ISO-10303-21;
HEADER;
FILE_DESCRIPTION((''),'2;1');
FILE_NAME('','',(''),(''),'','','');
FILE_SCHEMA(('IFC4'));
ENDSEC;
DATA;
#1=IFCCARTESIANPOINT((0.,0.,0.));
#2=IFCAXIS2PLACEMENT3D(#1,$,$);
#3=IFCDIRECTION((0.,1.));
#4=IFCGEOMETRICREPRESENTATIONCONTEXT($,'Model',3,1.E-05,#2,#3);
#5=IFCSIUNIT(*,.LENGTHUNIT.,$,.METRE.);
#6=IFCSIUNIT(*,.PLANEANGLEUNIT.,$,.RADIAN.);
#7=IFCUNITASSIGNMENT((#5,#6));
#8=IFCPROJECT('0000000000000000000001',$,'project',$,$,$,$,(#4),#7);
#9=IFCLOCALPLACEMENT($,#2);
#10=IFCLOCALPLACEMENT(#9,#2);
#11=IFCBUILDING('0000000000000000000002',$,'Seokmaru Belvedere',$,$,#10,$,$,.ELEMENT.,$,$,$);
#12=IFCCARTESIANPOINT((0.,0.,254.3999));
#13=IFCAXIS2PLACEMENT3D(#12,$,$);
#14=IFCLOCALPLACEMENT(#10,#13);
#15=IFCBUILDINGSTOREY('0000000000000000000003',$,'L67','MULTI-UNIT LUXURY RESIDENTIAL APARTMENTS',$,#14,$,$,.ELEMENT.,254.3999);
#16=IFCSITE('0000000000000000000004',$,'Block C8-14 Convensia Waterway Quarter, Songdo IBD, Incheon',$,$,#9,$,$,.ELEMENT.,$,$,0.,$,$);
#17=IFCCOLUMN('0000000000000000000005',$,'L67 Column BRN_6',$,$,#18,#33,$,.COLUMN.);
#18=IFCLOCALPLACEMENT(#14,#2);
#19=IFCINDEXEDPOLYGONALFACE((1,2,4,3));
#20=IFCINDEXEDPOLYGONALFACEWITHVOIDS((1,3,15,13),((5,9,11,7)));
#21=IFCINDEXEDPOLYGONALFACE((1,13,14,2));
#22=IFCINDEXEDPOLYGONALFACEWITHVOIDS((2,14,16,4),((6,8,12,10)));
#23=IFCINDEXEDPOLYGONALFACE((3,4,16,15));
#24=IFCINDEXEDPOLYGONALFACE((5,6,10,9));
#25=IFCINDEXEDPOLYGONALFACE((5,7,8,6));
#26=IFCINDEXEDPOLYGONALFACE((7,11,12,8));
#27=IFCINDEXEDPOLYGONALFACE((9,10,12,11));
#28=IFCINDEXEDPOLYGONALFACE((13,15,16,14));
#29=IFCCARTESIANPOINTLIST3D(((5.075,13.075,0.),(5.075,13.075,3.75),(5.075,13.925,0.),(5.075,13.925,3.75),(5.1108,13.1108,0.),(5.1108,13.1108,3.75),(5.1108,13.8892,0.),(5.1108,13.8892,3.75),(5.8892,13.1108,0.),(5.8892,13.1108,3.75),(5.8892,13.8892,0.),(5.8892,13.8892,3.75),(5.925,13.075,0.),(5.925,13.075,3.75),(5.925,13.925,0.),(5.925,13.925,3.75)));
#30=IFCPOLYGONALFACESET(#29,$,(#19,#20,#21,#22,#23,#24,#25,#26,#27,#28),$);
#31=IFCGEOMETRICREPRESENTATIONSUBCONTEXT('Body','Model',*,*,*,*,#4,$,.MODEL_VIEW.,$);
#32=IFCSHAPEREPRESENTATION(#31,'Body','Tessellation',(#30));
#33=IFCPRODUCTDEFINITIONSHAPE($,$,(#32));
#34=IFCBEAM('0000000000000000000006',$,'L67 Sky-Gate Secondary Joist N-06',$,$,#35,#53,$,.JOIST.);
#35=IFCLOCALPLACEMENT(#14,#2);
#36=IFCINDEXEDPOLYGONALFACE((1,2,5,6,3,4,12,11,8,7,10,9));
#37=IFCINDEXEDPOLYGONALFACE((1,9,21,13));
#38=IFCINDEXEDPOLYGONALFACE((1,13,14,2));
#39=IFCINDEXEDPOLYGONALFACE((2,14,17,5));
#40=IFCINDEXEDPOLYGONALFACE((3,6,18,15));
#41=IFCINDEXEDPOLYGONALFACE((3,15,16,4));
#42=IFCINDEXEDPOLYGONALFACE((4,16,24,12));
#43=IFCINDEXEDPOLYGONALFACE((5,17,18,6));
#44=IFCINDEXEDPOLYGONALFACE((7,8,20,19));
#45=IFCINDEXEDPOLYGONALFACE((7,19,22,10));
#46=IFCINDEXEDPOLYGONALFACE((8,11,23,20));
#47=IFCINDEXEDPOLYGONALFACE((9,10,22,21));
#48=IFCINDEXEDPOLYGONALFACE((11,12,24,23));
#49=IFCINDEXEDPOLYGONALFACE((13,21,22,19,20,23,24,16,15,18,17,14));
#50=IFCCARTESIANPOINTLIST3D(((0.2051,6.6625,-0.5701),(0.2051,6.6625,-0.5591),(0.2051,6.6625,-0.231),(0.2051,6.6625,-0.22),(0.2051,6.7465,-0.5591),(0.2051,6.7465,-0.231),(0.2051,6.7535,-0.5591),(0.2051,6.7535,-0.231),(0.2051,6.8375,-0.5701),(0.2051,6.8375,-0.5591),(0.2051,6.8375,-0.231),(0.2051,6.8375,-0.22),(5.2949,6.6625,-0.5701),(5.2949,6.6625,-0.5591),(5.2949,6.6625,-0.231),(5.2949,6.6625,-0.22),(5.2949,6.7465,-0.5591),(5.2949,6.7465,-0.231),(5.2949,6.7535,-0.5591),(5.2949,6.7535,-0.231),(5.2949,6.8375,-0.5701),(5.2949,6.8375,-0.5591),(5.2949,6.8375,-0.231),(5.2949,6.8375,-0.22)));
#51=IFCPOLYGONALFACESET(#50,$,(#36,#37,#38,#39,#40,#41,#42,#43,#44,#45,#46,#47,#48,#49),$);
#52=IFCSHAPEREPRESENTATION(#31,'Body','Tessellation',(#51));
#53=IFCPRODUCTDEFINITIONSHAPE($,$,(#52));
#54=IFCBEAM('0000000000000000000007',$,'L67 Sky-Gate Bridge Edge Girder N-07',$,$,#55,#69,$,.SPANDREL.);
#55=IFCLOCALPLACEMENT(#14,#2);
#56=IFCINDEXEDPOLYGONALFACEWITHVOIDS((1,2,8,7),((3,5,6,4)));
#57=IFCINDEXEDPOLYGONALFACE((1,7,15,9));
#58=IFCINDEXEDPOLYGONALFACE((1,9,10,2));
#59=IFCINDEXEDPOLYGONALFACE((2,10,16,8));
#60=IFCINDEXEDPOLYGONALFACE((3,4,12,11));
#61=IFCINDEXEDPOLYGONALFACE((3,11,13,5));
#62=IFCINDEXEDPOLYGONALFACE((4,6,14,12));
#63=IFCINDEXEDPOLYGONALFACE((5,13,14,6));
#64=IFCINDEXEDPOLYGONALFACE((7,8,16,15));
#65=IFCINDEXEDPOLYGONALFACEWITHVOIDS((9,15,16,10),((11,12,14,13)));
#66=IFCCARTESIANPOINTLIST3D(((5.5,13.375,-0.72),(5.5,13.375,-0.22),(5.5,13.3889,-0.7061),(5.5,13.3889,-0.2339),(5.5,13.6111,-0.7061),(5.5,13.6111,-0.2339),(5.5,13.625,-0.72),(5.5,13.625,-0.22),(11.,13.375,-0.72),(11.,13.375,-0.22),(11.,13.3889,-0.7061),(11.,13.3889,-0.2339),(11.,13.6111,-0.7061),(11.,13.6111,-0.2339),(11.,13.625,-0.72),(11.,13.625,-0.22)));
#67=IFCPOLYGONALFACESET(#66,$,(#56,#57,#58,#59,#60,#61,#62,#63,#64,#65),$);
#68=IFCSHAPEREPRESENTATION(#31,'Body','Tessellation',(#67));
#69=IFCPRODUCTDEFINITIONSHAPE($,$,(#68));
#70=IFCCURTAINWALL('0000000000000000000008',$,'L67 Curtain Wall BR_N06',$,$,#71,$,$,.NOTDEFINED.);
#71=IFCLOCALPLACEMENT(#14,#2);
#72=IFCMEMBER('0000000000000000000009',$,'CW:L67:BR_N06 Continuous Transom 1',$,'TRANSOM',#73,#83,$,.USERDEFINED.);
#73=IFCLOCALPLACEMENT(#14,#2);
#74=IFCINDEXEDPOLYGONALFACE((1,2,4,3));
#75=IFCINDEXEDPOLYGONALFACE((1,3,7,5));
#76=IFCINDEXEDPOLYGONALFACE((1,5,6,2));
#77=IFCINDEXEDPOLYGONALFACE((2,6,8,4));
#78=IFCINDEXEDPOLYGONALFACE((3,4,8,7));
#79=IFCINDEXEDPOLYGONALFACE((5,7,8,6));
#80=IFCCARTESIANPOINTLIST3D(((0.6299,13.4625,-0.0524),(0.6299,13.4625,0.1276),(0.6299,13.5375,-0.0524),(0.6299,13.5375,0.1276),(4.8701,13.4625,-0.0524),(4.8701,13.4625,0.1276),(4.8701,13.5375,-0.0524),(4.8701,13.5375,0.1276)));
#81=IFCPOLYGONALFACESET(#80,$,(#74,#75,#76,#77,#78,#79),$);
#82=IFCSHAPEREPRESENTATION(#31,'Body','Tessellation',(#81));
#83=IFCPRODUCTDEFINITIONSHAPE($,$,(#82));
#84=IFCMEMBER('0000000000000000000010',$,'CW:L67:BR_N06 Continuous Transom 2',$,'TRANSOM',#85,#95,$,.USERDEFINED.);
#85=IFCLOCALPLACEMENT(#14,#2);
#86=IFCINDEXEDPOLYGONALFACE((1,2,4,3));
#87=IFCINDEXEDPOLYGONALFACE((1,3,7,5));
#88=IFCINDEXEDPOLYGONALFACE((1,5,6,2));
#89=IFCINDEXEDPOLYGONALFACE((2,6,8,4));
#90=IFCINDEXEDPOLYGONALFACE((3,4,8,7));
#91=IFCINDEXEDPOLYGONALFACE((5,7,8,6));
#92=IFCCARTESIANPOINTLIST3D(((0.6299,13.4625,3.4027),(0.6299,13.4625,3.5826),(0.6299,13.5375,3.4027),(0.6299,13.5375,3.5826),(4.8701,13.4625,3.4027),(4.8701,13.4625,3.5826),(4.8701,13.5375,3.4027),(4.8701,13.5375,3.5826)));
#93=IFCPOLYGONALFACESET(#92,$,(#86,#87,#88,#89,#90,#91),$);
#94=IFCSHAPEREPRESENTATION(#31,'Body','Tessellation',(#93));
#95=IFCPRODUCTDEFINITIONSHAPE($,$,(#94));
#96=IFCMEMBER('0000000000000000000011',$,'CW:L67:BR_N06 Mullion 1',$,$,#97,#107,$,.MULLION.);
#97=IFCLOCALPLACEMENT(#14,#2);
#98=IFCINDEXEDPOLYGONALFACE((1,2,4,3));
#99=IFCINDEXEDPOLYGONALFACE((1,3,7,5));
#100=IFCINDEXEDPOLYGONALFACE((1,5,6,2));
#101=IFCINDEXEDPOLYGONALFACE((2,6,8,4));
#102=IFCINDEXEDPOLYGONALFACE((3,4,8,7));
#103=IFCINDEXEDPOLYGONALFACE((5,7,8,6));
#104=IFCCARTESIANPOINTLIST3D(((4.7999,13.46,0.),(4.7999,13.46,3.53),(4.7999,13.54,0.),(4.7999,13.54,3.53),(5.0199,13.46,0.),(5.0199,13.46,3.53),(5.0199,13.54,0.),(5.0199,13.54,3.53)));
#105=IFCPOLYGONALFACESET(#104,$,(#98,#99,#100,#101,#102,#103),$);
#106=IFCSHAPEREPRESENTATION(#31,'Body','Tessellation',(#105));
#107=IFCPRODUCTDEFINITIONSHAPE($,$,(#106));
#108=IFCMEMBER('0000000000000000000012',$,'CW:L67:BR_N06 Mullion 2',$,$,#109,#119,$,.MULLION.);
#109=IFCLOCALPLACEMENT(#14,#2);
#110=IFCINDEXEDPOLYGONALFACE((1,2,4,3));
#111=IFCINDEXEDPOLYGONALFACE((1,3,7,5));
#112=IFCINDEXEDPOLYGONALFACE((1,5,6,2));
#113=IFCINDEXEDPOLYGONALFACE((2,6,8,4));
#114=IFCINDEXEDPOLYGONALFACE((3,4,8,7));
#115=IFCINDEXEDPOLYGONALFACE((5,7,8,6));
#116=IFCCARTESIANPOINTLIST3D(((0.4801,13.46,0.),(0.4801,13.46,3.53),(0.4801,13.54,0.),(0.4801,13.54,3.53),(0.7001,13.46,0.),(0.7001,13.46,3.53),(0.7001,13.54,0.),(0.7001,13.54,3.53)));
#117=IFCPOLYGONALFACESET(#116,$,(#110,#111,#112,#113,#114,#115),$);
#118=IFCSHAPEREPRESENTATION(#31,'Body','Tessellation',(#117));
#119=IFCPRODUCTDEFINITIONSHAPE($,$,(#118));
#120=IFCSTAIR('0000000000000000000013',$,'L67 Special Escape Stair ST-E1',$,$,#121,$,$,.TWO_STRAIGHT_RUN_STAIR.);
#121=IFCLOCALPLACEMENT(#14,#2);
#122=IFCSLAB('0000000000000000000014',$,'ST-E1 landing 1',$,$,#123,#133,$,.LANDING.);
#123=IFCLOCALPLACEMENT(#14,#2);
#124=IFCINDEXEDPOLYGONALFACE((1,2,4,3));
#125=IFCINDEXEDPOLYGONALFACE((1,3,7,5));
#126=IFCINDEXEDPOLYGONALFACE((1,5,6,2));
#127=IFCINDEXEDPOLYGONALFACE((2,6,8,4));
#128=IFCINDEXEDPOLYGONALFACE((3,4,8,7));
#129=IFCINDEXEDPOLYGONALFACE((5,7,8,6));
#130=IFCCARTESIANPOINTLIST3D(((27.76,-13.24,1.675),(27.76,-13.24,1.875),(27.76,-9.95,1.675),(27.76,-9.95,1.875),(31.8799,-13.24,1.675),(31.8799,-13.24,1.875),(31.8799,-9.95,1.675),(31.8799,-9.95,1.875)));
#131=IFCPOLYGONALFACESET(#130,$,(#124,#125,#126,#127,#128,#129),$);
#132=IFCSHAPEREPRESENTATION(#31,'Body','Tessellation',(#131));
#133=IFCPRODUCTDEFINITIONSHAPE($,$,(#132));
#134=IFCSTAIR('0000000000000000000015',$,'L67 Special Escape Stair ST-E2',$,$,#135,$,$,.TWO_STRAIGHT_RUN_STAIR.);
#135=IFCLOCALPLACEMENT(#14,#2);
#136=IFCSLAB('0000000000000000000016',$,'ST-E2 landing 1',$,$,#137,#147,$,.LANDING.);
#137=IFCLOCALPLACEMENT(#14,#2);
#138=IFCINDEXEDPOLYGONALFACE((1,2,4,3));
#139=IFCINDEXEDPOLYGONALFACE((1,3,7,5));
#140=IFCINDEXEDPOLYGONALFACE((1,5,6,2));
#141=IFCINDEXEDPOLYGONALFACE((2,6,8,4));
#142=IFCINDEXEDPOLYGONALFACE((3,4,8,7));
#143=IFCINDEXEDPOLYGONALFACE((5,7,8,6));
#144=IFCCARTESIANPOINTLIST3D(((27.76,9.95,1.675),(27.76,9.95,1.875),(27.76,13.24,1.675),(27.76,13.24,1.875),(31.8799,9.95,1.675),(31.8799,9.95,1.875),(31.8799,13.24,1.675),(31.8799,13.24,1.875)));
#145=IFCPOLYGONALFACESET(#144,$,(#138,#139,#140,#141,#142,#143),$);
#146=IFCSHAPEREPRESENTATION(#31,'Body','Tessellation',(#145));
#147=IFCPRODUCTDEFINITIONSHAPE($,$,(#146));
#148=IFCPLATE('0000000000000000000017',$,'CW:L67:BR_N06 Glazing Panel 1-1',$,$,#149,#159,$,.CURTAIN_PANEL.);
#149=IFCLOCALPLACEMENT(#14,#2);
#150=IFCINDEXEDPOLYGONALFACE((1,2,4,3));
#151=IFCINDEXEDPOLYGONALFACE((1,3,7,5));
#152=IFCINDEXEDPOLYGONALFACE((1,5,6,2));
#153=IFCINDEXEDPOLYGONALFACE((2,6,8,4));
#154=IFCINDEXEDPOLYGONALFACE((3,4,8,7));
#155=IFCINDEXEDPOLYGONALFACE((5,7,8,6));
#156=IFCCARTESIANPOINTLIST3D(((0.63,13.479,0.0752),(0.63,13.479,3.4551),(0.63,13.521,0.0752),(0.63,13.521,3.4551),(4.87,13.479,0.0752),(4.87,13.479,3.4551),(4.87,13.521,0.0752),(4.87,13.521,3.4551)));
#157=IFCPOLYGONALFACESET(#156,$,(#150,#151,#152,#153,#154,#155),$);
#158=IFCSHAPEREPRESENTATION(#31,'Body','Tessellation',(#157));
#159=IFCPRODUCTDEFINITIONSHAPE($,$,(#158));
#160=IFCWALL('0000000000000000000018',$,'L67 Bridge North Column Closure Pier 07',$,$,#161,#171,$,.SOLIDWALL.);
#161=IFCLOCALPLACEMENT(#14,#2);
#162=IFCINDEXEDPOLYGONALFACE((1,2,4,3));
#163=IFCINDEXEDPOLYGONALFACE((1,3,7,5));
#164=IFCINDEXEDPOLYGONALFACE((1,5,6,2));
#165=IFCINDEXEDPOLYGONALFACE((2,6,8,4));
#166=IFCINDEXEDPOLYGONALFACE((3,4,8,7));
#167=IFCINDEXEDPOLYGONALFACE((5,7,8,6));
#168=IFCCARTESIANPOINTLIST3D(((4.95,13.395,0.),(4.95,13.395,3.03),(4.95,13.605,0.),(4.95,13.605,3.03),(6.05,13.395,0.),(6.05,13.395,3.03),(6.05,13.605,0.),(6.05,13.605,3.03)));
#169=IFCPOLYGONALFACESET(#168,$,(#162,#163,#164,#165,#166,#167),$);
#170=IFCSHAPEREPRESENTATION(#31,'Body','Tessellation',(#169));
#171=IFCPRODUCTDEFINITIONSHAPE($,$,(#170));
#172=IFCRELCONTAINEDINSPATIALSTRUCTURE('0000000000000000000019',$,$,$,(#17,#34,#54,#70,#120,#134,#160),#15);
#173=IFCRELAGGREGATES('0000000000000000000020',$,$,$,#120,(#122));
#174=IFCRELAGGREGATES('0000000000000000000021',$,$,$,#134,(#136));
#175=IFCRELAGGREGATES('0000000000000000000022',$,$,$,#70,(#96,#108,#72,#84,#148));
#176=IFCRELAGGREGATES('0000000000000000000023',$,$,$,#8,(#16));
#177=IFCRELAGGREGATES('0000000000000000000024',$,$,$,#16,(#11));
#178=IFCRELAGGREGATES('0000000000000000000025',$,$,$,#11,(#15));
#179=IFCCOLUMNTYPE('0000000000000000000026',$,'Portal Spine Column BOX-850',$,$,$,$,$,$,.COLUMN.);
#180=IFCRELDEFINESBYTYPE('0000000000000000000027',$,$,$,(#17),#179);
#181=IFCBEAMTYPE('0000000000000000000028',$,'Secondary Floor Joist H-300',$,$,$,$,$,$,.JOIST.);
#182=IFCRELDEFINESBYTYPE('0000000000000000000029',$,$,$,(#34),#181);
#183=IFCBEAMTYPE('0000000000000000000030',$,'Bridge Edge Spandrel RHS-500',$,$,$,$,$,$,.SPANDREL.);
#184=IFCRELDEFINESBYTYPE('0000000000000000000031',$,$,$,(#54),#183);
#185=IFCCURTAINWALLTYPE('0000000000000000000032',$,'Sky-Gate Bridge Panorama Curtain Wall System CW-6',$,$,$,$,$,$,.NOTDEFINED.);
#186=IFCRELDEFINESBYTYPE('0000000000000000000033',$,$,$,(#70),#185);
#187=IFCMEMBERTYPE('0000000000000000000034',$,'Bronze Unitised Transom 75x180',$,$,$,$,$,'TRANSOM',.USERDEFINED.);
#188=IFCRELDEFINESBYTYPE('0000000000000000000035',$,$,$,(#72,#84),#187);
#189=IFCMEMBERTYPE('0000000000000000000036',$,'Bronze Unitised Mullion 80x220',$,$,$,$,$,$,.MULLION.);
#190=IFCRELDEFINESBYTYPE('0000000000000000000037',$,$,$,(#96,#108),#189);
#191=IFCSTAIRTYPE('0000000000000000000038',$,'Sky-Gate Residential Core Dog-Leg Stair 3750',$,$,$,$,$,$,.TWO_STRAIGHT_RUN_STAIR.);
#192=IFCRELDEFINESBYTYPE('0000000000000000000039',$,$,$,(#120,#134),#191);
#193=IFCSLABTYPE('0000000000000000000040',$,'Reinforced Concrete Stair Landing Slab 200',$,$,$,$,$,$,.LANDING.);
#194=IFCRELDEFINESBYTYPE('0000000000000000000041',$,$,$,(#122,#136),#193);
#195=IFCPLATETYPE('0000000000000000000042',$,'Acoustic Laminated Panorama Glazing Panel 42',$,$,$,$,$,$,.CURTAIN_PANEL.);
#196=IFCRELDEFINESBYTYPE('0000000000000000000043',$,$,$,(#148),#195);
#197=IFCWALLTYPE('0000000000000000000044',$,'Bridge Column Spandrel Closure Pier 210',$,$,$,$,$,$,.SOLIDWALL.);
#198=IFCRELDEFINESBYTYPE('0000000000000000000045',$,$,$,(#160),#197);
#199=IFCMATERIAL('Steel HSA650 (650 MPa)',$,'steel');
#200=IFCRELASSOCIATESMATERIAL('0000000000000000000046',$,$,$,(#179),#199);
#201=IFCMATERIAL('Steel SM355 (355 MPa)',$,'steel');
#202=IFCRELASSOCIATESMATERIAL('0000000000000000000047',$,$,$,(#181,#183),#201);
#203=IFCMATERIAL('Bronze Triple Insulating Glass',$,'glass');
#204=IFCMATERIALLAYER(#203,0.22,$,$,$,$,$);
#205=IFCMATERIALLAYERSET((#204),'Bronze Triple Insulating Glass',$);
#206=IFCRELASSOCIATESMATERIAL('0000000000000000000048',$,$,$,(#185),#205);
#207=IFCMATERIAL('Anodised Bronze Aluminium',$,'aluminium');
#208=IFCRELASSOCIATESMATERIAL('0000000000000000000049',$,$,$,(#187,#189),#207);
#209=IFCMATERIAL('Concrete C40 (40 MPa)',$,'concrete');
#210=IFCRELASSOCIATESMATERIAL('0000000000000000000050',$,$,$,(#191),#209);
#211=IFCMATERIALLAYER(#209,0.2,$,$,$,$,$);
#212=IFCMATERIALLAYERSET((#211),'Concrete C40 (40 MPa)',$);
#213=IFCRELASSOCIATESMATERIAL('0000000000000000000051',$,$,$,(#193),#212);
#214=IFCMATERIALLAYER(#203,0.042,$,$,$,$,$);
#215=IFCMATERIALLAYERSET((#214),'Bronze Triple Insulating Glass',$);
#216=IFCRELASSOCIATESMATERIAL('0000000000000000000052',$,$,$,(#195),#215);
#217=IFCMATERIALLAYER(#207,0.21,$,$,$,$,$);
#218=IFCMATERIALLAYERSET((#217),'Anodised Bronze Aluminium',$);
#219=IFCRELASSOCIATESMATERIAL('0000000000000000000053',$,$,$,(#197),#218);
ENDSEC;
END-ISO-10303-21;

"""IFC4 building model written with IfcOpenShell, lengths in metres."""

from ifc_helpers import new_model, si_unit, direction, frame, frame_2d, origin, origin_2d, place, context, subcontext, project, spatial, polyline, rectangle, hollow_rectangle, i_section, outline, extrude, source, transform, mapped, material, layer, layer_set, material_profile, profile_set, type_object, type_shapes, element, aggregate, save


model = new_model("IFC4")

# Units and contexts
model_context = context("Model", 3, precision=1e-05, world=origin(), true_north=direction((0.0, 1.0)))
body_context = subcontext(model_context, "Body", "Model", "MODEL_VIEW")
ifc_project = project(units=[si_unit("LENGTHUNIT", "METRE"), si_unit("PLANEANGLEUNIT", "RADIAN")], contexts=[model_context])

# Site, building, storey
site_placement = place(None, origin())
site = spatial("IfcSite", under=ifc_project, at=site_placement, Name="Block C8-14 Convensia Waterway Quarter, Songdo IBD, Incheon", CompositionType="ELEMENT", RefElevation=0.0)
building_placement = place(site_placement, origin())
building = spatial("IfcBuilding", under=site, at=building_placement, Name="Seokmaru Belvedere", CompositionType="ELEMENT")
storey_placement = place(building_placement, frame((0.0, 0.0, 254.3999)))
storey = spatial("IfcBuildingStorey", under=building, at=storey_placement, Name="L67", Description="MULTI-UNIT LUXURY RESIDENTIAL APARTMENTS", CompositionType="ELEMENT", Elevation=254.3999)

# Column
ifc_material_1 = material(Name="Steel HSA650 (650 MPa)", Category="steel")
ifc_material_profile_1 = material_profile(ifc_material_1, hollow_rectangle(XDim=0.8501, YDim=0.8501, WallThickness=0.0359, at=origin_2d()), Name="BOX-850x850x36")
ifc_profile_set_1 = profile_set([ifc_material_profile_1], Name="Steel HSA650 (650 MPa)")
column_type = type_object("IfcColumnType", Name="Portal Spine Column BOX-850", PredefinedType="COLUMN", material=ifc_profile_set_1)
shared_shape_1 = source(origin(), body_context, "Body", "SweptSolid", [
    extrude(hollow_rectangle(XDim=0.8501, YDim=0.8501, WallThickness=0.0359, at=origin_2d()), origin(), (0.0, 0.0, 1.0), 3.75),
])
type_shapes(column_type, [shared_shape_1])
column_placement = place(storey_placement, frame((5.5, 13.5, 0.0), z_axis=(0.0, 0.0, 1.0), x_axis=(1.0, 0.0, 0.0)))
element("IfcColumn", 1, at=column_placement, inside=storey, type_object=column_type, Name="L67 Column BRN_6", PredefinedType="COLUMN", context=body_context, shape_type="MappedRepresentation", body=[
    mapped(shared_shape_1, transform((0.0, 0.0, 0.0), scale=1.0)),
])

# Beams
ifc_material_2 = material(Name="Steel SM355 (355 MPa)", Category="steel")
ifc_material_profile_2 = material_profile(ifc_material_2, i_section(OverallWidth=0.175, OverallDepth=0.3501, WebThickness=0.0071, FlangeThickness=0.011, at=origin_2d()), Name="H-350x175x7x11")
ifc_profile_set_2 = profile_set([ifc_material_profile_2], Name="Steel SM355 (355 MPa)")
beam_type_1 = type_object("IfcBeamType", Name="Secondary Floor Joist H-300", PredefinedType="JOIST", material=ifc_profile_set_2)
shared_shape_2 = source(origin(), body_context, "Body", "SweptSolid", [
    extrude(i_section(OverallWidth=0.175, OverallDepth=0.3501, WebThickness=0.0071, FlangeThickness=0.011, at=origin_2d()), origin(), (0.0, 0.0, 1.0), 5.0898),
])
type_shapes(beam_type_1, [shared_shape_2])
beam_1_placement = place(storey_placement, frame((0.2051, 6.75, -0.395), z_axis=(1.0, 0.0, 0.0), x_axis=(0.0, 1.0, 0.0)))
element("IfcBeam", 2, at=beam_1_placement, inside=storey, type_object=beam_type_1, Name="L67 Sky-Gate Secondary Joist N-06", PredefinedType="JOIST", context=body_context, shape_type="MappedRepresentation", body=[
    mapped(shared_shape_2, transform((0.0, 0.0, 0.0), scale=1.0)),
])
ifc_material_profile_3 = material_profile(ifc_material_2, hollow_rectangle(XDim=0.25, YDim=0.5, WallThickness=0.0139, at=origin_2d()), Name="RHS-500x250x14")
ifc_profile_set_3 = profile_set([ifc_material_profile_3], Name="Steel SM355 (355 MPa)")
beam_type_2 = type_object("IfcBeamType", Name="Bridge Edge Spandrel RHS-500", PredefinedType="SPANDREL", material=ifc_profile_set_3)
shared_shape_3 = source(origin(), body_context, "Body", "SweptSolid", [
    extrude(hollow_rectangle(XDim=0.25, YDim=0.5, WallThickness=0.0139, at=origin_2d()), origin(), (0.0, 0.0, 1.0), 5.5),
])
type_shapes(beam_type_2, [shared_shape_3])
beam_2_placement = place(storey_placement, frame((5.5, 13.5, -0.47), z_axis=(1.0, 0.0, 0.0), x_axis=(0.0, 1.0, 0.0)))
element("IfcBeam", 3, at=beam_2_placement, inside=storey, type_object=beam_type_2, Name="L67 Sky-Gate Bridge Edge Girder N-07", PredefinedType="SPANDREL", context=body_context, shape_type="MappedRepresentation", body=[
    mapped(shared_shape_3, transform((0.0, 0.0, 0.0), scale=1.0)),
])

# Curtain wall, members
ifc_material_3 = material(Name="Bronze Triple Insulating Glass", Category="glass")
ifc_layer_1 = layer(ifc_material_3, 0.22)
ifc_layer_set_1 = layer_set([ifc_layer_1], Name="Bronze Triple Insulating Glass")
curtain_wall_type = type_object("IfcCurtainWallType", Name="Sky-Gate Bridge Panorama Curtain Wall System CW-6", PredefinedType="NOTDEFINED", material=ifc_layer_set_1)
curtain_wall_placement = place(storey_placement, origin())
curtain_wall = element("IfcCurtainWall", 4, at=curtain_wall_placement, inside=storey, type_object=curtain_wall_type, Name="L67 Curtain Wall BR_N06", PredefinedType="NOTDEFINED")
ifc_material_4 = material(Name="Anodised Bronze Aluminium", Category="aluminium")
ifc_material_profile_4 = material_profile(ifc_material_4, rectangle(XDim=0.075, YDim=0.1799, at=origin_2d()), Name="CW-T-75x180")
ifc_profile_set_4 = profile_set([ifc_material_profile_4], Name="Anodised Bronze Aluminium")
member_type_1 = type_object("IfcMemberType", Name="Bronze Unitised Transom 75x180", ElementType="TRANSOM", PredefinedType="USERDEFINED", material=ifc_profile_set_4)
shared_shape_4 = source(origin(), body_context, "Body", "SweptSolid", [
    extrude(rectangle(XDim=0.075, YDim=0.1799, at=origin_2d()), origin(), (0.0, 0.0, 1.0), 4.2402),
])
type_shapes(member_type_1, [shared_shape_4])
member_1_placement = place(storey_placement, frame((4.8701, 13.5, 0.0376), z_axis=(-1.0, 0.0, 0.0), x_axis=(0.0, -1.0, 0.0)))
member_1 = element("IfcMember", 5, at=member_1_placement, type_object=member_type_1, Name="CW:L67:BR_N06 Continuous Transom 1", ObjectType="TRANSOM", PredefinedType="USERDEFINED", context=body_context, shape_type="MappedRepresentation", body=[
    mapped(shared_shape_4, transform((0.0, 0.0, 0.0), scale=1.0)),
])
member_2_placement = place(storey_placement, frame((4.8701, 13.5, 3.4927), z_axis=(-1.0, 0.0, 0.0), x_axis=(0.0, -1.0, 0.0)))
member_2 = element("IfcMember", 6, at=member_2_placement, type_object=member_type_1, Name="CW:L67:BR_N06 Continuous Transom 2", ObjectType="TRANSOM", PredefinedType="USERDEFINED", context=body_context, shape_type="MappedRepresentation", body=[
    mapped(shared_shape_4, transform((0.0, 0.0, 0.0), scale=1.0)),
])
ifc_material_profile_5 = material_profile(ifc_material_4, rectangle(XDim=0.0801, YDim=0.22, at=origin_2d()), Name="CW-M-80x220")
ifc_profile_set_5 = profile_set([ifc_material_profile_5], Name="Anodised Bronze Aluminium")
member_type_2 = type_object("IfcMemberType", Name="Bronze Unitised Mullion 80x220", PredefinedType="MULLION", material=ifc_profile_set_5)
shared_shape_5 = source(origin(), body_context, "Body", "SweptSolid", [
    extrude(rectangle(XDim=0.0801, YDim=0.22, at=origin_2d()), origin(), (0.0, 0.0, 1.0), 3.53),
])
type_shapes(member_type_2, [shared_shape_5])
member_3_placement = place(storey_placement, frame((4.9099, 13.5, 0.0), z_axis=(0.0, 0.0, 1.0), x_axis=(0.0, -1.0, 0.0)))
member_3 = element("IfcMember", 7, at=member_3_placement, type_object=member_type_2, Name="CW:L67:BR_N06 Mullion 1", PredefinedType="MULLION", context=body_context, shape_type="MappedRepresentation", body=[
    mapped(shared_shape_5, transform((0.0, 0.0, 0.0), scale=1.0)),
])
member_4_placement = place(storey_placement, frame((0.5901, 13.5, 0.0), z_axis=(0.0, 0.0, 1.0), x_axis=(0.0, -1.0, 0.0)))
member_4 = element("IfcMember", 8, at=member_4_placement, type_object=member_type_2, Name="CW:L67:BR_N06 Mullion 2", PredefinedType="MULLION", context=body_context, shape_type="MappedRepresentation", body=[
    mapped(shared_shape_5, transform((0.0, 0.0, 0.0), scale=1.0)),
])

# Stairs, slabs
ifc_material_5 = material(Name="Concrete C40 (40 MPa)", Category="concrete")
stair_type = type_object("IfcStairType", Name="Sky-Gate Residential Core Dog-Leg Stair 3750", PredefinedType="TWO_STRAIGHT_RUN_STAIR", material=ifc_material_5)
stair_1_placement = place(storey_placement, origin())
stair_1 = element("IfcStair", 9, at=stair_1_placement, inside=storey, type_object=stair_type, Name="L67 Special Escape Stair ST-E1", PredefinedType="TWO_STRAIGHT_RUN_STAIR")
ifc_layer_2 = layer(ifc_material_5, 0.2)
ifc_layer_set_2 = layer_set([ifc_layer_2], Name="Concrete C40 (40 MPa)")
slab_type = type_object("IfcSlabType", Name="Reinforced Concrete Stair Landing Slab 200", PredefinedType="LANDING", material=ifc_layer_set_2)
slab_1_placement = place(storey_placement, frame((0.0, 0.0, 1.675)))
slab_1 = element("IfcSlab", 10, at=slab_1_placement, type_object=slab_type, Name="ST-E1 landing 1", PredefinedType="LANDING", context=body_context, shape_type="SweptSolid", body=[
    extrude(outline(polyline([(27.76, -13.24), (31.8799, -13.24), (31.8799, -9.95), (27.76, -9.95), (27.76, -13.24)])), origin(), (0.0, 0.0, 1.0), 0.2),
])
aggregate(stair_1, [slab_1])
stair_2_placement = place(storey_placement, origin())
stair_2 = element("IfcStair", 11, at=stair_2_placement, inside=storey, type_object=stair_type, Name="L67 Special Escape Stair ST-E2", PredefinedType="TWO_STRAIGHT_RUN_STAIR")
slab_2_placement = place(storey_placement, frame((0.0, 0.0, 1.675)))
slab_2 = element("IfcSlab", 12, at=slab_2_placement, type_object=slab_type, Name="ST-E2 landing 1", PredefinedType="LANDING", context=body_context, shape_type="SweptSolid", body=[
    extrude(outline(polyline([(27.76, 9.95), (31.8799, 9.95), (31.8799, 13.24), (27.76, 13.24), (27.76, 9.95)])), origin(), (0.0, 0.0, 1.0), 0.2),
])
aggregate(stair_2, [slab_2])

# Plate
ifc_layer_3 = layer(ifc_material_3, 0.042)
ifc_layer_set_3 = layer_set([ifc_layer_3], Name="Bronze Triple Insulating Glass")
plate_type = type_object("IfcPlateType", Name="Acoustic Laminated Panorama Glazing Panel 42", PredefinedType="CURTAIN_PANEL", material=ifc_layer_set_3)
shared_shape_6 = source(origin(), body_context, "Body", "SweptSolid", [
    extrude(rectangle(XDim=4.24, YDim=0.042, at=origin_2d()), origin(), (0.0, 0.0, 1.0), 3.3799),
])
type_shapes(plate_type, [shared_shape_6])
plate_placement = place(storey_placement, frame((2.75, 13.5, 0.0752), z_axis=(0.0, 0.0, 1.0), x_axis=(-1.0, 0.0, 0.0)))
plate = element("IfcPlate", 13, at=plate_placement, type_object=plate_type, Name="CW:L67:BR_N06 Glazing Panel 1-1", PredefinedType="CURTAIN_PANEL", context=body_context, shape_type="MappedRepresentation", body=[
    mapped(shared_shape_6, transform((0.0, 0.0, 0.0), scale=1.0)),
])
aggregate(curtain_wall, [member_3, member_4, member_1, member_2, plate])

# Wall
ifc_layer_4 = layer(ifc_material_4, 0.21)
ifc_layer_set_4 = layer_set([ifc_layer_4], Name="Anodised Bronze Aluminium")
wall_type_1 = type_object("IfcWallType", Name="Bridge Column Spandrel Closure Pier 210", PredefinedType="SOLIDWALL", material=ifc_layer_set_4)
wall_1_placement = place(storey_placement, frame((4.95, 13.5, 0.0), z_axis=(0.0, 0.0, 1.0), x_axis=(1.0, 0.0, 0.0)))
element("IfcWall", 14, at=wall_1_placement, inside=storey, type_object=wall_type_1, Name="L67 Bridge North Column Closure Pier 07", PredefinedType="SOLIDWALL", context=body_context, shape_type="SweptSolid", body=[
    extrude(rectangle(XDim=1.1001, YDim=0.21, at=frame_2d((0.55, 0.0))), origin(), (0.0, 0.0, 1.0), 3.03),
])

save(model, "model.ifc")
